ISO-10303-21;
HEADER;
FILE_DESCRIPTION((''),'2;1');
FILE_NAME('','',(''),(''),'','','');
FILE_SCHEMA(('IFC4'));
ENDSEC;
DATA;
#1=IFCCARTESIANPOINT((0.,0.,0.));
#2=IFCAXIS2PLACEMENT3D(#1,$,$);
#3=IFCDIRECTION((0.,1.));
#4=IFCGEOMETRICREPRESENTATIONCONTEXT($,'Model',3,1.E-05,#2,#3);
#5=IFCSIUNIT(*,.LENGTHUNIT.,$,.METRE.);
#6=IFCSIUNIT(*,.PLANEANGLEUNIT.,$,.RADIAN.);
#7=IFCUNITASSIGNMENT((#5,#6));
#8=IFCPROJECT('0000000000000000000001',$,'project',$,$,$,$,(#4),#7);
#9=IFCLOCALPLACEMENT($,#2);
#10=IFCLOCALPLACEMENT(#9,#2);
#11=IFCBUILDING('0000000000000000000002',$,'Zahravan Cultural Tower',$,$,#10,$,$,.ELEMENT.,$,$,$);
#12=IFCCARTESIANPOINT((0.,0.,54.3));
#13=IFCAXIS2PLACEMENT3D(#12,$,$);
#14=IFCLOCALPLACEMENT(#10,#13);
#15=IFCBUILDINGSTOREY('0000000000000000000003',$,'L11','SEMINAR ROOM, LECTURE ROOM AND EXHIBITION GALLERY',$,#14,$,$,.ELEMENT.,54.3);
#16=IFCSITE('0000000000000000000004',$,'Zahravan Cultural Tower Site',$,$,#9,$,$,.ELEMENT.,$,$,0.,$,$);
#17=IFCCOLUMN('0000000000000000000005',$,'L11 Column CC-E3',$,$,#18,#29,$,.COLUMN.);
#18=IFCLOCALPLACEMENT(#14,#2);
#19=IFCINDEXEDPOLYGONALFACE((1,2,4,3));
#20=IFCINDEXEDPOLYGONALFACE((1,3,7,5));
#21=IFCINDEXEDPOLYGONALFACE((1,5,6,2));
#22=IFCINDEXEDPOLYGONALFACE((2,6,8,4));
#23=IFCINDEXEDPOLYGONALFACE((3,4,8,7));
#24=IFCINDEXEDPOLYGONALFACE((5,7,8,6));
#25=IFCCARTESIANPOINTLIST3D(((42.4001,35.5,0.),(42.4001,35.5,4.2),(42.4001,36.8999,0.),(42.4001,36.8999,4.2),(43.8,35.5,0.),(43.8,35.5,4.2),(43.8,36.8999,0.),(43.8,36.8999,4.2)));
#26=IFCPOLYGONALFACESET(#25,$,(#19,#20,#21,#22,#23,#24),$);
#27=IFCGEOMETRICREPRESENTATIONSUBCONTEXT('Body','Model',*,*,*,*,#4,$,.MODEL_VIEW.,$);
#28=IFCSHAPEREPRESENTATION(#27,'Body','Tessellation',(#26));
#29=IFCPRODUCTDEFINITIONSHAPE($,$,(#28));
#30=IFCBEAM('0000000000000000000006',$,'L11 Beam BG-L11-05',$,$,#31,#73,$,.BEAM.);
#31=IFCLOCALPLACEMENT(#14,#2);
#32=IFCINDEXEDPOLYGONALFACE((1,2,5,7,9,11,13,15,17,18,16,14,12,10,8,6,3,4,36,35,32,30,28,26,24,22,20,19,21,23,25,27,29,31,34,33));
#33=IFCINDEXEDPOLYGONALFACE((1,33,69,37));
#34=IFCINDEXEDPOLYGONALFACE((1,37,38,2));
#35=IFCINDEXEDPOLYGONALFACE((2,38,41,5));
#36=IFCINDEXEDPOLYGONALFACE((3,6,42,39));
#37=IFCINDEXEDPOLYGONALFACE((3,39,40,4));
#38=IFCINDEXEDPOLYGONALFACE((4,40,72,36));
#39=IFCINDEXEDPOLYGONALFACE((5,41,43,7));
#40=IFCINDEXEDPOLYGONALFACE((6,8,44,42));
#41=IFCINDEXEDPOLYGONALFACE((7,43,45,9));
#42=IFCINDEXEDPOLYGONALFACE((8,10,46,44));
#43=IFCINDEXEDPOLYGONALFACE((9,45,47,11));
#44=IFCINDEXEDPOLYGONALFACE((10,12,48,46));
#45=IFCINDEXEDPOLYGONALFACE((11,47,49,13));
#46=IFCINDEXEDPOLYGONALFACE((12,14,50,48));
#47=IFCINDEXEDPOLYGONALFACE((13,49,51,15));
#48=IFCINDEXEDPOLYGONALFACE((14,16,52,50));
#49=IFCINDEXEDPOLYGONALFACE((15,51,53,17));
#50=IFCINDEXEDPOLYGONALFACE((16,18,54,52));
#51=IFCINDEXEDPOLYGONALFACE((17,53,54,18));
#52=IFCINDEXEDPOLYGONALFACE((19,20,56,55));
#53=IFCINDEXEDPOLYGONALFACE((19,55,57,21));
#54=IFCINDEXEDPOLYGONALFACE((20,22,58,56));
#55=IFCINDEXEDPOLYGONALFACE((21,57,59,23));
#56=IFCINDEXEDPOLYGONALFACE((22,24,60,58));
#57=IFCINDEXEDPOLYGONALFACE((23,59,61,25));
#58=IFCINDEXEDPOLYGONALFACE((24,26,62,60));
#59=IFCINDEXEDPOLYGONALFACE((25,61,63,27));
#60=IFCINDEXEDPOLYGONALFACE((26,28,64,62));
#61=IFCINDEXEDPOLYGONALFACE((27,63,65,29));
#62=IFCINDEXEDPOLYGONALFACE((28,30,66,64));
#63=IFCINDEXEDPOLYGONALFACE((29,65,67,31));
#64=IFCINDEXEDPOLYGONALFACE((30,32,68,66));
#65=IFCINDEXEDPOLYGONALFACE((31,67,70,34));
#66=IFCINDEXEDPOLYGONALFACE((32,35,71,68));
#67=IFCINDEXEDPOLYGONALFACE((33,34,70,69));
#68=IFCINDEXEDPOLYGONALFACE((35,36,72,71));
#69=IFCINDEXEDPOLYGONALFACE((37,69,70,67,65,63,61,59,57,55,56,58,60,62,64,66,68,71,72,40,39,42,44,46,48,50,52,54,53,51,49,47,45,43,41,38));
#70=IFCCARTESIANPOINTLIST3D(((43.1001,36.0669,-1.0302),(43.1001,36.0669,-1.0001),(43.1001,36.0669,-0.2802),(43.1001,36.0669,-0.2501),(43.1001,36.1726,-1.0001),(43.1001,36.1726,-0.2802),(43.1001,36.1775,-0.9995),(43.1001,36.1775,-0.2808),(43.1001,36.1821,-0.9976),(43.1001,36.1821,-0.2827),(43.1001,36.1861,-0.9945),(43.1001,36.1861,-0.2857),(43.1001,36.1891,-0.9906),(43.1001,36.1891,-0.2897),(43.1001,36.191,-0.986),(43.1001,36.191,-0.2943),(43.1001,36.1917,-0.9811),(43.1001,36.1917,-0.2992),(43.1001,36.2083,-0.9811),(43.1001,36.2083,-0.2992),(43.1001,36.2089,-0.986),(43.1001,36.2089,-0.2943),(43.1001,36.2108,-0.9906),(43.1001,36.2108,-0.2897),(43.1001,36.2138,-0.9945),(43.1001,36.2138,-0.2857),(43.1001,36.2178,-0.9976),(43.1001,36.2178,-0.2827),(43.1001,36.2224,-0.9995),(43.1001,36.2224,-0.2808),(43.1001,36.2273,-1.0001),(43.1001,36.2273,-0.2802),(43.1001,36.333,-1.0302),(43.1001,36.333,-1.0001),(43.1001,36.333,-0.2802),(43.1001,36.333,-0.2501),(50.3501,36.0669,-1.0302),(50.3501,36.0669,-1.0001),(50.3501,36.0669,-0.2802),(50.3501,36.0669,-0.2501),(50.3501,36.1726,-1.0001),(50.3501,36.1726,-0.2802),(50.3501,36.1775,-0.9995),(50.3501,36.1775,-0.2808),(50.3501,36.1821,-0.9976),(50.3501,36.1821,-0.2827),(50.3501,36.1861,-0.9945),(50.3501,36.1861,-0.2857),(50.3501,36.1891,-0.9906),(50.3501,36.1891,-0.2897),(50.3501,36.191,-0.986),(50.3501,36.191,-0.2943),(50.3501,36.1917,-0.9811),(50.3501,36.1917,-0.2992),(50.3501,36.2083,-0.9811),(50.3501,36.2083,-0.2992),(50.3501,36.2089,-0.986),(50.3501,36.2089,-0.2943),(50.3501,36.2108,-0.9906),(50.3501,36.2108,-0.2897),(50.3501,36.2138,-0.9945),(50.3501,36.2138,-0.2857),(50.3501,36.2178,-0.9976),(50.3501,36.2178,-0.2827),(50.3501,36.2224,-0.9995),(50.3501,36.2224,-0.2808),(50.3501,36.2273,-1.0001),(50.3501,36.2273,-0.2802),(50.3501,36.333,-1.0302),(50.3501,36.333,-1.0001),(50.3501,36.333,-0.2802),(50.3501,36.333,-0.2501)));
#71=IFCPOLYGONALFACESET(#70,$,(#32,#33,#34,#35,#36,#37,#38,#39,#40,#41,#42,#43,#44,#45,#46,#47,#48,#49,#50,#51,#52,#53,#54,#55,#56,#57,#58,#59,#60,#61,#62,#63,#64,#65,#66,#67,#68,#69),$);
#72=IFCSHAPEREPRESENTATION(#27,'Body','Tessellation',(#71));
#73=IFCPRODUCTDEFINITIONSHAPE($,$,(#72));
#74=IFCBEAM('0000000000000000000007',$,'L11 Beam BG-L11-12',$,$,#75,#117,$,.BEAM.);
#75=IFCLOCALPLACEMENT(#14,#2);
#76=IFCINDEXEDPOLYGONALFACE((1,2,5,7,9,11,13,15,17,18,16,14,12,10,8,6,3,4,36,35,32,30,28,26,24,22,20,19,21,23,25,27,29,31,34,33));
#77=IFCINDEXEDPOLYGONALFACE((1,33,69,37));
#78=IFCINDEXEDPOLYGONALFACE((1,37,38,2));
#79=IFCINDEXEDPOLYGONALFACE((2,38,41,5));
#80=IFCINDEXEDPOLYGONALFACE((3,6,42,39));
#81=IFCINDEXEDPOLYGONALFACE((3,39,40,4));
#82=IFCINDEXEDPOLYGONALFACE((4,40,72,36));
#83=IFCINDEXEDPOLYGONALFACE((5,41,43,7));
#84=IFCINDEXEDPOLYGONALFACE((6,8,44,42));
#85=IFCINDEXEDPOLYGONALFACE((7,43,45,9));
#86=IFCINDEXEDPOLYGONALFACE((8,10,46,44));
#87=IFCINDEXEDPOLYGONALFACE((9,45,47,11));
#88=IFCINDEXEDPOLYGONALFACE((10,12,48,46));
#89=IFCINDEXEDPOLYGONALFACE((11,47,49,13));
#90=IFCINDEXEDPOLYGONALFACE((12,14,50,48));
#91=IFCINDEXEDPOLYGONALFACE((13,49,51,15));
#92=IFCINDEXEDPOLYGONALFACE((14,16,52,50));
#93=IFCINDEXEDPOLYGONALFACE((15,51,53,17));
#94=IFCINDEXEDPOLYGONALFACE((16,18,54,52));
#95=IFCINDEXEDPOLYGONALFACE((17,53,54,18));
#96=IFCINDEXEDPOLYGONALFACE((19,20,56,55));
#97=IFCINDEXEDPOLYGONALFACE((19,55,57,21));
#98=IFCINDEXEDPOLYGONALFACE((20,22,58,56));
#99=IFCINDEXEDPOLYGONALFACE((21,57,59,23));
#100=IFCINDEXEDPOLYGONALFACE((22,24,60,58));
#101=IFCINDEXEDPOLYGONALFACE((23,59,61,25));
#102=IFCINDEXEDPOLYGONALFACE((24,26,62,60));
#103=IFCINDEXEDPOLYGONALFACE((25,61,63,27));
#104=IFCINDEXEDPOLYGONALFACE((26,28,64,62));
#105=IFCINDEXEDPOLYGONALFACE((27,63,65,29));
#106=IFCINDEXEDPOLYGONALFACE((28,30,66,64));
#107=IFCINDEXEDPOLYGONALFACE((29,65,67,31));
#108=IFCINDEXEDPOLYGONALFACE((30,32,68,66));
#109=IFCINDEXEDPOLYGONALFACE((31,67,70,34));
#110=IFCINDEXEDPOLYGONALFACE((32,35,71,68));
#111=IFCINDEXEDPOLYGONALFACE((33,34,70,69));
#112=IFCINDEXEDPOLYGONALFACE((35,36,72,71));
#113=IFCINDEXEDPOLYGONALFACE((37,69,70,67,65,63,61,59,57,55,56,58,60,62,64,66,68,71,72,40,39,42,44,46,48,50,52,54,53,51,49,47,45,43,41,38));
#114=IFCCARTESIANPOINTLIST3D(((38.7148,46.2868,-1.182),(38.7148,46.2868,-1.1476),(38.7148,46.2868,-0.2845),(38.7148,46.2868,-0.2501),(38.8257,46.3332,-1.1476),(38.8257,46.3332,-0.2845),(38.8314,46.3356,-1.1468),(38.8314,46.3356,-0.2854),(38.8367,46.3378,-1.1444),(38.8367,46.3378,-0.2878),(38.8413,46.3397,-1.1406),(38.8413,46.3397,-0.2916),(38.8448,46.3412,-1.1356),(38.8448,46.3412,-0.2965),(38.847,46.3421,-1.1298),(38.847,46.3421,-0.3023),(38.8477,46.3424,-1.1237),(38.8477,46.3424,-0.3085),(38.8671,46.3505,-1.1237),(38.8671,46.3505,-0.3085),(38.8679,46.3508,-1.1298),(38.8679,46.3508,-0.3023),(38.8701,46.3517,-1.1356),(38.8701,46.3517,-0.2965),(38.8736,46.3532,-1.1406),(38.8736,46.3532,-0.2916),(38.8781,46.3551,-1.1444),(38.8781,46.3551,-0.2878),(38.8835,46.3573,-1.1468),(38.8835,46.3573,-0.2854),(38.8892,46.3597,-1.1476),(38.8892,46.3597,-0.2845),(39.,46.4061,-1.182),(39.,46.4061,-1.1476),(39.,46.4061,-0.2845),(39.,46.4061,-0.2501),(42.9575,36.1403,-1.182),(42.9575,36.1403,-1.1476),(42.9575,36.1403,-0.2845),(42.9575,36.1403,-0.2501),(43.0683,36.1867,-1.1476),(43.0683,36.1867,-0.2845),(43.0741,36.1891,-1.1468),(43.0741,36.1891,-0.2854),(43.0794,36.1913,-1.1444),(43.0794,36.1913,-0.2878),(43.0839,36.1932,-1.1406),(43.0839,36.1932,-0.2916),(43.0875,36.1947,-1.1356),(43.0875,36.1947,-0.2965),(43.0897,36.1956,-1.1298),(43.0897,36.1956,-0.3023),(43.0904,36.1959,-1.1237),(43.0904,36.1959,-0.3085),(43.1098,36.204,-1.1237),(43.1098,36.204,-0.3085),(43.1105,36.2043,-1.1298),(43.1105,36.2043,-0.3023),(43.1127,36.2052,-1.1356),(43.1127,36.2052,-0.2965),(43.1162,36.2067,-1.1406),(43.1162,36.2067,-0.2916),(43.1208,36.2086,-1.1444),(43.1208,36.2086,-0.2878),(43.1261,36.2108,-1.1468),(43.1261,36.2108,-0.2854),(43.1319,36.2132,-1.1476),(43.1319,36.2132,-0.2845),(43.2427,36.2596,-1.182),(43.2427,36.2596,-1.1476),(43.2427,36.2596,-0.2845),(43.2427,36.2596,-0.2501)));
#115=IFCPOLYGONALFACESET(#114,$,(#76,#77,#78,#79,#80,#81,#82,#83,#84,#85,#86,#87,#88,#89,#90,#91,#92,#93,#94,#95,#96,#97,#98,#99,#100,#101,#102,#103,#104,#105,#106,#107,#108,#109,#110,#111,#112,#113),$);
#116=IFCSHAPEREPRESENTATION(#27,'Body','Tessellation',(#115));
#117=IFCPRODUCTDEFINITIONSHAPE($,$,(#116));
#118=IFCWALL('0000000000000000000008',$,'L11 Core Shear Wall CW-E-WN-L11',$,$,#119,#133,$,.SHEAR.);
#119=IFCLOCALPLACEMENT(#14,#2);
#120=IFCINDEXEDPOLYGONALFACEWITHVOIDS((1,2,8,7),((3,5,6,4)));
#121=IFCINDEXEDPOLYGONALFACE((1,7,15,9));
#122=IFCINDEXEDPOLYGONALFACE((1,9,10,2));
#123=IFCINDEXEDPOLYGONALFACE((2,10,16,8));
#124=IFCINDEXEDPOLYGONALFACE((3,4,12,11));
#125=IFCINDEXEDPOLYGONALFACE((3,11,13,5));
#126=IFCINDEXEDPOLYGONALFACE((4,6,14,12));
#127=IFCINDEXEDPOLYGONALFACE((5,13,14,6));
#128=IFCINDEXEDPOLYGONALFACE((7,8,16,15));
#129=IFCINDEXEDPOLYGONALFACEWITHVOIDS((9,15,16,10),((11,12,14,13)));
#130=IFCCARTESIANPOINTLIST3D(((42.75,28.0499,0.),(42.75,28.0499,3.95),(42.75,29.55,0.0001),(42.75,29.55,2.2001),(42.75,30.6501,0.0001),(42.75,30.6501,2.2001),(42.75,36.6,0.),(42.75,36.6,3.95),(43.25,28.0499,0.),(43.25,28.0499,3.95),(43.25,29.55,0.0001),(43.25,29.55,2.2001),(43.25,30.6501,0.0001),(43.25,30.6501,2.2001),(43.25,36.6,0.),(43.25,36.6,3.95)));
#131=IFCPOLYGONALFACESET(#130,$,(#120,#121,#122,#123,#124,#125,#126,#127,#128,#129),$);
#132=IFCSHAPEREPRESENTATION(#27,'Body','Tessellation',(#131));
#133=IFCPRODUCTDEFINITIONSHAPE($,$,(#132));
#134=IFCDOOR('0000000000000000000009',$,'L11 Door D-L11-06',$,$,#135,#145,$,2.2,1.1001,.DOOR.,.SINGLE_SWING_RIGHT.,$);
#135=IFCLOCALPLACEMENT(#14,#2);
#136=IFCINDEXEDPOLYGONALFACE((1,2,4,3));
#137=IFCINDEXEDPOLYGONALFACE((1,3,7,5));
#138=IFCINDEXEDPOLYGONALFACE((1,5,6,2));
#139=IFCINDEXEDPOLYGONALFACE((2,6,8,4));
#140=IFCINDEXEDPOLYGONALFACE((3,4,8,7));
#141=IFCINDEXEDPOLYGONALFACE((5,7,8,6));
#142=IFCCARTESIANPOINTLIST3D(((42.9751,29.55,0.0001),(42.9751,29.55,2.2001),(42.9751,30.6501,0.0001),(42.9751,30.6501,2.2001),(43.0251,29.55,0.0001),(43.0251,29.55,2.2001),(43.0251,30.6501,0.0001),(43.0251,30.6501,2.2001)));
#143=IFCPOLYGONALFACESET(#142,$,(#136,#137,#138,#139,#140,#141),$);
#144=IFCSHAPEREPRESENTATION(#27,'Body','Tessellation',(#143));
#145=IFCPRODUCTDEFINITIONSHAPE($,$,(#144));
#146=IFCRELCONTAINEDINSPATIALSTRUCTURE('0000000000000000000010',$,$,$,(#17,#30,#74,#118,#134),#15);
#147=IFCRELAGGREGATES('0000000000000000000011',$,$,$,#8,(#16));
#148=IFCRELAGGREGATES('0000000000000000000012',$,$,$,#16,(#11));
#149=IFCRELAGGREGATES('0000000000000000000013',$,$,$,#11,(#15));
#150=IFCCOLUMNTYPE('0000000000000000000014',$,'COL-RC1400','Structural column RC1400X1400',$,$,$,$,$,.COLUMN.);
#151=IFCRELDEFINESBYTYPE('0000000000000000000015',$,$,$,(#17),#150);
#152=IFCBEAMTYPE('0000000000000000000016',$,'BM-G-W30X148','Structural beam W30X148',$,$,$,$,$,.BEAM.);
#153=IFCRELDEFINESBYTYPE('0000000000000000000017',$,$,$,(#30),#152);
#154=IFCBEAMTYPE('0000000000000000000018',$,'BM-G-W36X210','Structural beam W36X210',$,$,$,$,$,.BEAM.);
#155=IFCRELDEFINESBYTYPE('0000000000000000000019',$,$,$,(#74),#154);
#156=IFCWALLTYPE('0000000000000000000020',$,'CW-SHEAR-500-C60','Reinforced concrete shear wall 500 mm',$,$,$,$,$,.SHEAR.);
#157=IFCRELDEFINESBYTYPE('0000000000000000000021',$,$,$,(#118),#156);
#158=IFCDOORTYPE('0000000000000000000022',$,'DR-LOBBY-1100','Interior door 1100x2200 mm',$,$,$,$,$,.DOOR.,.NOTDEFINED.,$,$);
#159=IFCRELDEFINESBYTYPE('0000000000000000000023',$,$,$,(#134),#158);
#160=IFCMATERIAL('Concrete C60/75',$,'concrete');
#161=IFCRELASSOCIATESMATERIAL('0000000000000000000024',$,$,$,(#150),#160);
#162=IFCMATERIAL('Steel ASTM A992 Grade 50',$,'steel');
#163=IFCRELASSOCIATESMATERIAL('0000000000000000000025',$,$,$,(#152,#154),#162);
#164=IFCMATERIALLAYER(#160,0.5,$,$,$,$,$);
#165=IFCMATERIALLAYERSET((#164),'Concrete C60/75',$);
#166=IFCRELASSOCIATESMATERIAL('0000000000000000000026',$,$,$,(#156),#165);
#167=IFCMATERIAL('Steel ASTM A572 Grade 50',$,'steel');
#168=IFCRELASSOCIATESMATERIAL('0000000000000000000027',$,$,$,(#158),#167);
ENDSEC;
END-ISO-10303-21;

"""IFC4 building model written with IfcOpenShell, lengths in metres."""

from ifc_helpers import new_model, si_unit, direction, frame, frame_2d, origin, origin_2d, place, context, subcontext, project, spatial, rectangle, i_section, extrude, source, transform, mapped, material, layer, layer_set, material_profile, profile_set, type_object, element, fill, save


model = new_model("IFC4")

# Units and contexts
model_context = context("Model", 3, precision=1e-05, world=origin(), true_north=direction((0.0, 1.0)))
body_context = subcontext(model_context, "Body", "Model", "MODEL_VIEW")
ifc_project = project(units=[si_unit("LENGTHUNIT", "METRE"), si_unit("PLANEANGLEUNIT", "RADIAN")], contexts=[model_context])

# Site, building, storey
site_placement = place(None, origin())
site = spatial("IfcSite", under=ifc_project, at=site_placement, Name="Zahravan Cultural Tower Site", CompositionType="ELEMENT", RefElevation=0.0)
building_placement = place(site_placement, origin())
building = spatial("IfcBuilding", under=site, at=building_placement, Name="Zahravan Cultural Tower", CompositionType="ELEMENT")
storey_placement = place(building_placement, frame((0.0, 0.0, 54.3)))
storey = spatial("IfcBuildingStorey", under=building, at=storey_placement, Name="L11", Description="SEMINAR ROOM, LECTURE ROOM AND EXHIBITION GALLERY", CompositionType="ELEMENT", Elevation=54.3)

# Column
ifc_material_1 = material(Name="Concrete C60/75", Category="concrete")
ifc_material_profile_1 = material_profile(ifc_material_1, rectangle(XDim=1.3999, YDim=1.3999, at=origin_2d()), Name="RC1400X1400")
ifc_profile_set_1 = profile_set([ifc_material_profile_1], Name="Concrete C60/75")
column_type = type_object("IfcColumnType", Name="COL-RC1400", Description="Structural column RC1400X1400", PredefinedType="COLUMN", material=ifc_profile_set_1)
shared_shape_1 = source(origin(), body_context, "Body", "SweptSolid", [
    extrude(rectangle(XDim=1.3999, YDim=1.3999, at=origin_2d()), origin(), (0.0, 0.0, 1.0), 4.2),
])
column_placement = place(storey_placement, frame((43.1001, 36.2, 0.0), z_axis=(0.0, 0.0, 1.0), x_axis=(1.0, 0.0, 0.0)))
element("IfcColumn", 1, at=column_placement, inside=storey, type_object=column_type, Name="L11 Column CC-E3", PredefinedType="COLUMN", context=body_context, shape_type="MappedRepresentation", body=[
    mapped(shared_shape_1, transform((0.0, 0.0, 0.0), x_axis=(1.0, 0.0, 0.0), y_axis=(0.0, 1.0, 0.0), z_axis=(0.0, 0.0, 1.0), scale=1.0)),
])

# Beams
ifc_material_2 = material(Name="Steel ASTM A992 Grade 50", Category="steel")
ifc_material_profile_2 = material_profile(ifc_material_2, i_section(OverallWidth=0.2661, OverallDepth=0.78, WebThickness=0.0166, FlangeThickness=0.03, FilletRadius=0.019, at=origin_2d()), Name="W30X148")
ifc_profile_set_2 = profile_set([ifc_material_profile_2], Name="Steel ASTM A992 Grade 50")
beam_type_1 = type_object("IfcBeamType", Name="BM-G-W30X148", Description="Structural beam W30X148", PredefinedType="BEAM", material=ifc_profile_set_2)
shared_shape_2 = source(origin(), body_context, "Body", "SweptSolid", [
    extrude(i_section(OverallWidth=0.2661, OverallDepth=0.78, WebThickness=0.0166, FlangeThickness=0.03, FilletRadius=0.019, at=origin_2d()), origin(), (0.0, 0.0, 1.0), 7.25),
])
beam_1_placement = place(storey_placement, frame((43.1001, 36.2, -0.6401), z_axis=(1.0, 0.0, 0.0), x_axis=(0.0, 1.0, 0.0)))
element("IfcBeam", 2, at=beam_1_placement, inside=storey, type_object=beam_type_1, Name="L11 Beam BG-L11-05", PredefinedType="BEAM", context=body_context, shape_type="MappedRepresentation", body=[
    mapped(shared_shape_2, transform((0.0, 0.0, 0.0), x_axis=(1.0, 0.0, 0.0), y_axis=(0.0, 1.0, 0.0), z_axis=(0.0, 0.0, 1.0), scale=1.0)),
])
ifc_material_profile_3 = material_profile(ifc_material_2, i_section(OverallWidth=0.3091, OverallDepth=0.9319, WebThickness=0.021, FlangeThickness=0.0344, FilletRadius=0.0239, at=origin_2d()), Name="W36X210")
ifc_profile_set_3 = profile_set([ifc_material_profile_3], Name="Steel ASTM A992 Grade 50")
beam_type_2 = type_object("IfcBeamType", Name="BM-G-W36X210", Description="Structural beam W36X210", PredefinedType="BEAM", material=ifc_profile_set_3)
shared_shape_3 = source(origin(), body_context, "Body", "SweptSolid", [
    extrude(i_section(OverallWidth=0.3091, OverallDepth=0.9319, WebThickness=0.021, FlangeThickness=0.0344, FilletRadius=0.0239, at=origin_2d()), origin(), (0.0, 0.0, 1.0), 10.9978),
])
beam_2_placement = place(storey_placement, frame((43.1001, 36.2, -0.7161), z_axis=(-0.385775, 0.922593, 0.0), x_axis=(-0.922593, -0.385775, 0.0)))
element("IfcBeam", 3, at=beam_2_placement, inside=storey, type_object=beam_type_2, Name="L11 Beam BG-L11-12", PredefinedType="BEAM", context=body_context, shape_type="MappedRepresentation", body=[
    mapped(shared_shape_3, transform((0.0, 0.0, 0.0), x_axis=(1.0, 0.0, 0.0), y_axis=(0.0, 1.0, 0.0), z_axis=(0.0, 0.0, 1.0), scale=1.0)),
])

# Wall, opening, door
ifc_layer_1 = layer(ifc_material_1, 0.5)
ifc_layer_set_1 = layer_set([ifc_layer_1], Name="Concrete C60/75")
wall_type_1 = type_object("IfcWallType", Name="CW-SHEAR-500-C60", Description="Reinforced concrete shear wall 500 mm", PredefinedType="SHEAR", material=ifc_layer_set_1)
wall_1_placement = place(storey_placement, frame((43.0, 28.05, 0.0), z_axis=(0.0, 0.0, 1.0), x_axis=(0.0, 1.0, 0.0)))
wall_1 = element("IfcWall", 4, at=wall_1_placement, inside=storey, type_object=wall_type_1, Name="L11 Core Shear Wall CW-E-WN-L11", PredefinedType="SHEAR", context=body_context, shape_type="SweptSolid", body=[
    extrude(rectangle(XDim=8.55, YDim=0.5, at=frame_2d((4.2749, 0.0))), origin(), (0.0, 0.0, 1.0), 3.95),
])
opening_1_placement = place(wall_1_placement, frame((1.5, 0.0, 0.0)))
opening_1 = element("IfcOpeningElement", 5, at=opening_1_placement, cuts=wall_1, PredefinedType="OPENING", context=body_context, shape_type="SweptSolid", body=[
    extrude(rectangle(XDim=1.1001, YDim=2.2, at=frame_2d((0.55, 1.1001))), frame((0.0, 0.26, 0.0), z_axis=(0.0, -1.0, 0.0), x_axis=(1.0, 0.0, 0.0)), (0.0, 0.0, 1.0), 0.52),
])
ifc_material_3 = material(Name="Steel ASTM A572 Grade 50", Category="steel")
door_type_1 = type_object("IfcDoorType", Name="DR-LOBBY-1100", Description="Interior door 1100x2200 mm", OperationType="NOTDEFINED", PredefinedType="DOOR", material=ifc_material_3)
shared_shape_4 = source(origin(), body_context, "Body", "SweptSolid", [
    extrude(rectangle(XDim=1.1001, YDim=2.2, at=frame_2d((0.55, 1.1001))), frame((0.0, 0.0249, 0.0), z_axis=(0.0, -1.0, 0.0), x_axis=(1.0, 0.0, 0.0)), (0.0, 0.0, 1.0), 0.05),
])
door_1_placement = place(opening_1_placement, origin())
door_1 = element("IfcDoor", 6, at=door_1_placement, inside=storey, type_object=door_type_1, Name="L11 Door D-L11-06", OperationType="SINGLE_SWING_RIGHT", OverallHeight=2.2, OverallWidth=1.1001, PredefinedType="DOOR", context=body_context, shape_type="MappedRepresentation", body=[
    mapped(shared_shape_4, transform((0.0, 0.0, 0.0), x_axis=(1.0, 0.0, 0.0), y_axis=(0.0, 1.0, 0.0), z_axis=(0.0, 0.0, 1.0), scale=1.0)),
])
fill(opening_1, door_1)

save(model, "model.ifc")
